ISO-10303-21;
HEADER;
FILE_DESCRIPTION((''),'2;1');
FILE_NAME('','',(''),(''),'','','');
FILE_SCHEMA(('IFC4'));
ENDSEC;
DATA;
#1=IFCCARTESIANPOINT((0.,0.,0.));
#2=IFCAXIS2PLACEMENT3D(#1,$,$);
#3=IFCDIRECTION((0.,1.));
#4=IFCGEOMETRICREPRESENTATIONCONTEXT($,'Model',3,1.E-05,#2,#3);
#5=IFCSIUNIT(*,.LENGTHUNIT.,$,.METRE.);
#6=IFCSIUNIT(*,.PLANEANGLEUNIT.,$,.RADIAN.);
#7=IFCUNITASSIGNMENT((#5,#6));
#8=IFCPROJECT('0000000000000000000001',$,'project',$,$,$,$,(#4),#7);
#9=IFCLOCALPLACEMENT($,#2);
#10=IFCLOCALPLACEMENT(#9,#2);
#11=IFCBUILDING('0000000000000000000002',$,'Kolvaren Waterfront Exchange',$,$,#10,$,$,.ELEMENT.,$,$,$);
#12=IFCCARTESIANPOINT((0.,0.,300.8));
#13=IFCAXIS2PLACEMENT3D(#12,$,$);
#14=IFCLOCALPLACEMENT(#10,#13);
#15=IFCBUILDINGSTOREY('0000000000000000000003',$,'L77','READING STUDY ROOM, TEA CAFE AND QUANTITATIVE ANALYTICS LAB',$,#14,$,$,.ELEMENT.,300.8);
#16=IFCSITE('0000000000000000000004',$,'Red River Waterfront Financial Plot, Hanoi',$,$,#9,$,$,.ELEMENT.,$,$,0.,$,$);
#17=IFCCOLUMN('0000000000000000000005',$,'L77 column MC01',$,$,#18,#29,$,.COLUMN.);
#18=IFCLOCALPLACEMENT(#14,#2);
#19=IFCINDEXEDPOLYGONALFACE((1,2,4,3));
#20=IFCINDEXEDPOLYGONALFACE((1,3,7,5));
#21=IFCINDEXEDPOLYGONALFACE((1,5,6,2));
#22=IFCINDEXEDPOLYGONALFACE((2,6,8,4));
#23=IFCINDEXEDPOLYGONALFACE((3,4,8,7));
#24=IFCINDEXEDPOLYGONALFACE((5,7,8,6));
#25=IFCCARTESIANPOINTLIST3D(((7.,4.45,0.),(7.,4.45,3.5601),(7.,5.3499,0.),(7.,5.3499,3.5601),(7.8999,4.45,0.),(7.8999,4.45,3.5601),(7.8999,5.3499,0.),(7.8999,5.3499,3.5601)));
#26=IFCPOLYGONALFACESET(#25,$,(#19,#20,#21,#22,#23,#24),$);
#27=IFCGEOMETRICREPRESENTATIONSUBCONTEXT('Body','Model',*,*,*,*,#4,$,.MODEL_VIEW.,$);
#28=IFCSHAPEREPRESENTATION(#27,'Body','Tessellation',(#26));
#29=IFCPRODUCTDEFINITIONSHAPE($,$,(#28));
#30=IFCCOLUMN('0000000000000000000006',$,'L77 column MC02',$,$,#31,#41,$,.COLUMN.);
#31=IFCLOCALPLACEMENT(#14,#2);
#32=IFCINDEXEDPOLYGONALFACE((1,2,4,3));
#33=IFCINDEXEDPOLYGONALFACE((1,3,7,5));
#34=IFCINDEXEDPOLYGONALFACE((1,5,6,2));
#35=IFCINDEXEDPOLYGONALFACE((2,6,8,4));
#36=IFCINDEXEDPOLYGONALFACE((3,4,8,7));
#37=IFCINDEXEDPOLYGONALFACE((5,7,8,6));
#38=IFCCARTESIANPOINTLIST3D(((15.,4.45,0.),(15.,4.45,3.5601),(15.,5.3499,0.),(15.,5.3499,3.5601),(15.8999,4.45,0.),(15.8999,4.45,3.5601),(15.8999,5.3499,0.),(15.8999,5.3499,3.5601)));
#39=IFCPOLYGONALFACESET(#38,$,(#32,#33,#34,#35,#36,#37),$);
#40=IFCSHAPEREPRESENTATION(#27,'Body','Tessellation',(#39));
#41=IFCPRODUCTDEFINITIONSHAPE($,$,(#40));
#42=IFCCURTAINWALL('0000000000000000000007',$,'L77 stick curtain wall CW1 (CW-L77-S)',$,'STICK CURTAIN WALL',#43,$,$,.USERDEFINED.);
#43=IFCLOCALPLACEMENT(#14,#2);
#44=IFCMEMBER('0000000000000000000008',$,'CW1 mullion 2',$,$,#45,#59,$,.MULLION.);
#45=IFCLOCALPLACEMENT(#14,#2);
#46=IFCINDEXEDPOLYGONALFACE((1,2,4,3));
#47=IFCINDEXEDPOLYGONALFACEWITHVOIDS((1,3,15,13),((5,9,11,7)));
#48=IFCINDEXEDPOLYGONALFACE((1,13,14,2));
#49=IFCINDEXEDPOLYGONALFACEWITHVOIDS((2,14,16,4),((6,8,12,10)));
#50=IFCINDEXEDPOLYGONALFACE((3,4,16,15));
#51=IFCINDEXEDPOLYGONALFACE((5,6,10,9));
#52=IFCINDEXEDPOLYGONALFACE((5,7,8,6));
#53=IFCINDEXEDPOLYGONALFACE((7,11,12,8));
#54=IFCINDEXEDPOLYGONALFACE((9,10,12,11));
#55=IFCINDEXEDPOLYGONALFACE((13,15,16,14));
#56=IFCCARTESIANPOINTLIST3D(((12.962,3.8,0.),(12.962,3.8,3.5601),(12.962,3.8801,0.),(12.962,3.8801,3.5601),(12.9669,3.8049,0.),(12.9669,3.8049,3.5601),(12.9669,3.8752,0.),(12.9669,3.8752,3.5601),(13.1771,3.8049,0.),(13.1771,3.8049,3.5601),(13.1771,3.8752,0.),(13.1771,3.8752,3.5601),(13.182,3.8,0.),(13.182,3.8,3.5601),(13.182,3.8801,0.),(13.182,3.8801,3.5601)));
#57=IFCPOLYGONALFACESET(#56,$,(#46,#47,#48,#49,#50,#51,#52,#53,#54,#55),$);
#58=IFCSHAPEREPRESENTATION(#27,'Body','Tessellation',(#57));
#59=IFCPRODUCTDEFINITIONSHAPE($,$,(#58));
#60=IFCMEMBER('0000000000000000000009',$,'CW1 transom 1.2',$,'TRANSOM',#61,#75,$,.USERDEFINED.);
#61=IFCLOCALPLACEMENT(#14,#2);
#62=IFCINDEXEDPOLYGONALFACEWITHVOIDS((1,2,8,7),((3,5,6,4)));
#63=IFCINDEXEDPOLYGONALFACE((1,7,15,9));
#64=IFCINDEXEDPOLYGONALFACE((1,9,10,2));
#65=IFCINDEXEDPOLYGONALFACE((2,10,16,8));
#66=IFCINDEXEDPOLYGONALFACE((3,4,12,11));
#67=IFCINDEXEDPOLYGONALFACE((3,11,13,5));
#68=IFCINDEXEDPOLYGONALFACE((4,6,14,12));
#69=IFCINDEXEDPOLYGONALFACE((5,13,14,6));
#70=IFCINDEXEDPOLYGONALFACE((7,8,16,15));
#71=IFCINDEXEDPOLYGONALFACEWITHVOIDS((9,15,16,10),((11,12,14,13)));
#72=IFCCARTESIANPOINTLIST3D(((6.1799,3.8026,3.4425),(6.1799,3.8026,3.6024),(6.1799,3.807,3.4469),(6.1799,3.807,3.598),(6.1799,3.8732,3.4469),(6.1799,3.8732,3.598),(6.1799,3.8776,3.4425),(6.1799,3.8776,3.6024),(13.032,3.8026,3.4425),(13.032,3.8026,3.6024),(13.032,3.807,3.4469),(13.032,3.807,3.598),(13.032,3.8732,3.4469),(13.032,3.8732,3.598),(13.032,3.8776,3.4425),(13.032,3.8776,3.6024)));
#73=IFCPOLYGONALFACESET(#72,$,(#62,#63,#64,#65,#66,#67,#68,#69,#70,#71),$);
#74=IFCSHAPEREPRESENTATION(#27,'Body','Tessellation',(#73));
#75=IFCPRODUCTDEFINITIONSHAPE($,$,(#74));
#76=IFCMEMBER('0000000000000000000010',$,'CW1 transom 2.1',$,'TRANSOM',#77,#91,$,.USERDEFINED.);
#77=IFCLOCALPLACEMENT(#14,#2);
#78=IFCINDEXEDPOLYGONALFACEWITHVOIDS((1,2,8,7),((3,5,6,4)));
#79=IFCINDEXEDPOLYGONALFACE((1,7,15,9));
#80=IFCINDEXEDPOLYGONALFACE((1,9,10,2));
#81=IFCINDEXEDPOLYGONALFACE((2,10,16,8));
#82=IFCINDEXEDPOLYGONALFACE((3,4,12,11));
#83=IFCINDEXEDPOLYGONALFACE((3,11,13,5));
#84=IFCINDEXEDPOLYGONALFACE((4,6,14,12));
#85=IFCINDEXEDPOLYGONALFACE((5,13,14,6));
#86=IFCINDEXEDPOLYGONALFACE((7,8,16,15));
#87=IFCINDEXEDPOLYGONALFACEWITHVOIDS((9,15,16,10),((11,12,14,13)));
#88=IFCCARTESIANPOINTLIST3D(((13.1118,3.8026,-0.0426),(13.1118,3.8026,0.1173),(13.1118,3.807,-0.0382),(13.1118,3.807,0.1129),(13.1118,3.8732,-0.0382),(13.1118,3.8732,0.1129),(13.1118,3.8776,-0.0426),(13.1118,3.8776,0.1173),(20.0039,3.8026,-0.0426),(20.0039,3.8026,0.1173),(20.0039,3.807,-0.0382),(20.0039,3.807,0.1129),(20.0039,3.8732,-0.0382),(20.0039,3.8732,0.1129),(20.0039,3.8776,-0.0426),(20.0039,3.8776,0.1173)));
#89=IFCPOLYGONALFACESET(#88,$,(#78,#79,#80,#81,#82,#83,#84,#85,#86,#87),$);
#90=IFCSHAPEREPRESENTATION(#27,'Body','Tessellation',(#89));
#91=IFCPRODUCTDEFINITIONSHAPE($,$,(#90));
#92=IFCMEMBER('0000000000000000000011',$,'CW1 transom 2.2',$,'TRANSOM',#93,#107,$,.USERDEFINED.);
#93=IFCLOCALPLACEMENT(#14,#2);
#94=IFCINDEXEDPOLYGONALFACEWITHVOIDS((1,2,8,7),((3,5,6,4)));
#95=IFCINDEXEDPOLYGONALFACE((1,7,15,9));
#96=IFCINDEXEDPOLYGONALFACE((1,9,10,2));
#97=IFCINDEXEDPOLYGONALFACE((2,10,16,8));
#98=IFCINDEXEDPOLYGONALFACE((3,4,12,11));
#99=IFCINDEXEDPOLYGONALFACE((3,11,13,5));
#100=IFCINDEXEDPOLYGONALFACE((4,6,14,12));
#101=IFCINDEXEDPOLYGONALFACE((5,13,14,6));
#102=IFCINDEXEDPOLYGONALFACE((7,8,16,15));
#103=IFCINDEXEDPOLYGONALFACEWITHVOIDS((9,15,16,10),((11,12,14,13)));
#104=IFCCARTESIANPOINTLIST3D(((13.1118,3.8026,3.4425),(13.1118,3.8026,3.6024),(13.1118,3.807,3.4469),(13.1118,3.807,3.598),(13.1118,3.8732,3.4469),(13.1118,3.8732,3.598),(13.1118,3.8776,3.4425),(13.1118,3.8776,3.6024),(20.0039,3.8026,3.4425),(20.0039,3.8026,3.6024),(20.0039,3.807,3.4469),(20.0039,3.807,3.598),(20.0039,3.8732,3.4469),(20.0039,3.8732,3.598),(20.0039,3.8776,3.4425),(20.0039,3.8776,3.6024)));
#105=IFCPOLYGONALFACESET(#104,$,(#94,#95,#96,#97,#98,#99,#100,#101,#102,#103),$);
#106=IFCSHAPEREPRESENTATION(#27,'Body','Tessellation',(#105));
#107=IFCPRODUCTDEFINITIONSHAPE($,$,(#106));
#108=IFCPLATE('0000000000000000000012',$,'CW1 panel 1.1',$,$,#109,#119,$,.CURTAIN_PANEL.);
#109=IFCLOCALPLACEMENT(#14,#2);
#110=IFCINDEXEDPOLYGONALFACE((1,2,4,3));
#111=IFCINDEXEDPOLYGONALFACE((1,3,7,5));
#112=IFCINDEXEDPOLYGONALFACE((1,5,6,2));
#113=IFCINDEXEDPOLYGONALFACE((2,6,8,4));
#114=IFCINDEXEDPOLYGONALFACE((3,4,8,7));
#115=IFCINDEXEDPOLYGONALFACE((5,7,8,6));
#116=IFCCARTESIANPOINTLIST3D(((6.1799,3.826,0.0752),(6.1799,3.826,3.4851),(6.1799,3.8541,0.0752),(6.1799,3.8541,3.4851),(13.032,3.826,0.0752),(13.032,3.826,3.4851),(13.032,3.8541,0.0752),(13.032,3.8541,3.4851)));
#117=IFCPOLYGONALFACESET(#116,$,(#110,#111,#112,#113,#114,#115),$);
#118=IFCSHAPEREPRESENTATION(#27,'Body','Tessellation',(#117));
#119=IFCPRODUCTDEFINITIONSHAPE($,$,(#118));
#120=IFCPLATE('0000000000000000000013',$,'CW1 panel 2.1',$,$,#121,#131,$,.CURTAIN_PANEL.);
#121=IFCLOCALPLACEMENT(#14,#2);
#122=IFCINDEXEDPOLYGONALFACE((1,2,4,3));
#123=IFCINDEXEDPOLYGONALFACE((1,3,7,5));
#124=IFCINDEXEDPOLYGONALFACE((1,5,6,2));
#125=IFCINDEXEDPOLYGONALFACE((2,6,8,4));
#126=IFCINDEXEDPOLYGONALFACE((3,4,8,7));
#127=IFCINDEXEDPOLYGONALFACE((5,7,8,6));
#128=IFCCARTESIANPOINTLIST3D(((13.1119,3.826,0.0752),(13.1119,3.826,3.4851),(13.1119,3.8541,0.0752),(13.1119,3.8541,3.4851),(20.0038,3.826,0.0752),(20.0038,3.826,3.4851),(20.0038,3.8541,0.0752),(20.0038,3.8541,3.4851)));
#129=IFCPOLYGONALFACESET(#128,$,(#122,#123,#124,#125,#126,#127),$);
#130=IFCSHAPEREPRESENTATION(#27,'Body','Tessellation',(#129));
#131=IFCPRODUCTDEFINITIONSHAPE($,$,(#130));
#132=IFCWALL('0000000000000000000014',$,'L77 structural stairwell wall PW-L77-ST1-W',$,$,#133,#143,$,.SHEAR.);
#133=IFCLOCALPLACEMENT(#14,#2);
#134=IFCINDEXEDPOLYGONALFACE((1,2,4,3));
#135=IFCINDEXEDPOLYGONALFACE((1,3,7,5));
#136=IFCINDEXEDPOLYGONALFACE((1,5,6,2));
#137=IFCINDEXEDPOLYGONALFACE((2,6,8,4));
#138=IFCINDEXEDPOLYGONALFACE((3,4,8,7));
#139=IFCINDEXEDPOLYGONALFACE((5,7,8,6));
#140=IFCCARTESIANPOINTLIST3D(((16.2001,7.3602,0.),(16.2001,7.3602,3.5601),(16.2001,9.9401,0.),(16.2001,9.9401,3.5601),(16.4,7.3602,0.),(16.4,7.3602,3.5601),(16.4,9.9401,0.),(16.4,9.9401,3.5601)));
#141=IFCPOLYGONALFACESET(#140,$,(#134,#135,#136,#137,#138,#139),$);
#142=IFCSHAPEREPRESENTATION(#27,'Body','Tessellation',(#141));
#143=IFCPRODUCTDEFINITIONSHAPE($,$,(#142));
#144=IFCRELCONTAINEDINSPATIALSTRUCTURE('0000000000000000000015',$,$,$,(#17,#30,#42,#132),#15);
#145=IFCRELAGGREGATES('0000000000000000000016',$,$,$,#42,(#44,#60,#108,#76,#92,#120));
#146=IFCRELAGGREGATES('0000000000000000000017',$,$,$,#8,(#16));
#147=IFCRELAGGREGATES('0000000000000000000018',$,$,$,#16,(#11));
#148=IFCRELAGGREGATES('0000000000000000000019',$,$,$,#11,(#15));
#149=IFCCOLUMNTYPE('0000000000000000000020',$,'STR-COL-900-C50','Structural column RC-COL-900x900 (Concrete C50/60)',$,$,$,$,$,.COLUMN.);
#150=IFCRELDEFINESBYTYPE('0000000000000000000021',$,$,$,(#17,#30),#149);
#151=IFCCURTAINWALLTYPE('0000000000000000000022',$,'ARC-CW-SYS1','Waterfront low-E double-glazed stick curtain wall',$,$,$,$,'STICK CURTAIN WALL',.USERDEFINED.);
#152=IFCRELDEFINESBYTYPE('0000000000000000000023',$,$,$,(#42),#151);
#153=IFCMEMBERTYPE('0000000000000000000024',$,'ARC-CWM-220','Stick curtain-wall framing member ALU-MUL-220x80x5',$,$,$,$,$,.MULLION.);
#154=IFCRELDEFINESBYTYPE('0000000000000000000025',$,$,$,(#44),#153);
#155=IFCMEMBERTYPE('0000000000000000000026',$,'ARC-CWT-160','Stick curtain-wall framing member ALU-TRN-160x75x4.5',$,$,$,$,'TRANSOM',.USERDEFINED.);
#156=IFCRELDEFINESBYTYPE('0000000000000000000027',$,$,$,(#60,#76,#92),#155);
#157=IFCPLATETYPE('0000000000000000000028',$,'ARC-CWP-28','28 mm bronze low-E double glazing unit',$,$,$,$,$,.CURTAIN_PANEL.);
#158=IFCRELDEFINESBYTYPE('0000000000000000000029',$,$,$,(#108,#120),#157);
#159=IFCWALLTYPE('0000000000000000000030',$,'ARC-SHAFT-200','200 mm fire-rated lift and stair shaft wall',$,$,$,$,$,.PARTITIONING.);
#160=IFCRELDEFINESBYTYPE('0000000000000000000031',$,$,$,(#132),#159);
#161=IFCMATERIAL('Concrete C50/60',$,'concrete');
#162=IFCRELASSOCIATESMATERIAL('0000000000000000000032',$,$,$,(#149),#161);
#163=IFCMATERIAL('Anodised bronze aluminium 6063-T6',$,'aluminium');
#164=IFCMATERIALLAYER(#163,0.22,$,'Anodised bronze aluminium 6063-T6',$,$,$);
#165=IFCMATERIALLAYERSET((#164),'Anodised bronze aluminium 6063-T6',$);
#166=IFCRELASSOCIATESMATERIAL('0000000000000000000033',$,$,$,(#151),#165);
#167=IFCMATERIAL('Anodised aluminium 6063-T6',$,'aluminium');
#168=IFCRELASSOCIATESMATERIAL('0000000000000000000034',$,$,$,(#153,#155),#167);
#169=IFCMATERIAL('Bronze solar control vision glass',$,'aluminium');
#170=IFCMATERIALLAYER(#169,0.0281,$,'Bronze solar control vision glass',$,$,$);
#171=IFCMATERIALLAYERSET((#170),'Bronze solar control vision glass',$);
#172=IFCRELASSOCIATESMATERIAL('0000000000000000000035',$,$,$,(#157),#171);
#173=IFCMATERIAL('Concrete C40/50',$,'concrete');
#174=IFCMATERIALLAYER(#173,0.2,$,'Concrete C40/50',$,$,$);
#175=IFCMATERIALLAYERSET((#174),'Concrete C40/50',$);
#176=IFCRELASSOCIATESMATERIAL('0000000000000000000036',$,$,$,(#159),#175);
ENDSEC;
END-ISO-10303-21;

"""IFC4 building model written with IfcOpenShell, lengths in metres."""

from ifc_helpers import new_model, si_unit, direction, frame, frame_2d, origin, origin_with_axes, origin_2d, place, context, subcontext, project, spatial, rectangle, hollow_rectangle, extrude, source, transform, mapped, material, layer, layer_set, material_profile, profile_set, type_object, element, aggregate, save


model = new_model("IFC4")

# Units and contexts
model_context = context("Model", 3, precision=1e-05, world=origin(), true_north=direction((0.0, 1.0)))
body_context = subcontext(model_context, "Body", "Model", "MODEL_VIEW")
ifc_project = project(units=[si_unit("LENGTHUNIT", "METRE"), si_unit("PLANEANGLEUNIT", "RADIAN")], contexts=[model_context])

# Site, building, storey
site_placement = place(None, origin())
site = spatial("IfcSite", under=ifc_project, at=site_placement, Name="Red River Waterfront Financial Plot, Hanoi", CompositionType="ELEMENT", RefElevation=0.0)
building_placement = place(site_placement, origin())
building = spatial("IfcBuilding", under=site, at=building_placement, Name="Kolvaren Waterfront Exchange", CompositionType="ELEMENT")
storey_placement = place(building_placement, frame((0.0, 0.0, 300.8)))
storey = spatial("IfcBuildingStorey", under=building, at=storey_placement, Name="L77", Description="READING STUDY ROOM, TEA CAFE AND QUANTITATIVE ANALYTICS LAB", CompositionType="ELEMENT", Elevation=300.8)

# Columns
ifc_material_1 = material(Name="Concrete C50/60", Category="concrete")
ifc_material_profile_1 = material_profile(ifc_material_1, rectangle(XDim=0.8999, YDim=0.8999, at=origin_2d()), Name="RC-COL-900x900")
ifc_profile_set_1 = profile_set([ifc_material_profile_1], Name="Concrete C50/60")
column_type = type_object("IfcColumnType", Name="STR-COL-900-C50", Description="Structural column RC-COL-900x900 (Concrete C50/60)", PredefinedType="COLUMN", material=ifc_profile_set_1)
for number, where, z_axis, x_axis, name in (
    (1, (7.45, 4.8999, 0.0), (0.0, 0.0, 1.0), (1.0, 0.0, 0.0), "L77 column MC01"),
    (2, (15.45, 4.8999, 0.0), (0.0, 0.0, 1.0), (1.0, 0.0, 0.0), "L77 column MC02"),
):
    element("IfcColumn", number, at=place(storey_placement, frame(where, z_axis=z_axis, x_axis=x_axis)), inside=storey, type_object=column_type, Name=name, PredefinedType="COLUMN", context=body_context, shape_type="SweptSolid", body=[
        extrude(rectangle(XDim=0.8999, YDim=0.8999, at=origin_2d()), origin(), (0.0, 0.0, 1.0), 3.5601),
    ])

# Curtain wall, members, plates
ifc_material_2 = material(Name="Anodised bronze aluminium 6063-T6", Category="aluminium")
ifc_layer_1 = layer(ifc_material_2, 0.22, Name="Anodised bronze aluminium 6063-T6")
ifc_layer_set_1 = layer_set([ifc_layer_1], Name="Anodised bronze aluminium 6063-T6")
curtain_wall_type = type_object("IfcCurtainWallType", Name="ARC-CW-SYS1", Description="Waterfront low-E double-glazed stick curtain wall", ElementType="STICK CURTAIN WALL", PredefinedType="USERDEFINED", material=ifc_layer_set_1)
curtain_wall_placement = place(storey_placement, origin())
curtain_wall = element("IfcCurtainWall", 3, at=curtain_wall_placement, inside=storey, type_object=curtain_wall_type, Name="L77 stick curtain wall CW1 (CW-L77-S)", ObjectType="STICK CURTAIN WALL", PredefinedType="USERDEFINED")
ifc_material_3 = material(Name="Anodised aluminium 6063-T6", Category="aluminium")
ifc_material_profile_2 = material_profile(ifc_material_3, hollow_rectangle(XDim=0.0801, YDim=0.22, WallThickness=0.0049, at=origin_2d()), Name="ALU-MUL-220x80x5")
ifc_profile_set_2 = profile_set([ifc_material_profile_2], Name="Anodised aluminium 6063-T6")
member_type_1 = type_object("IfcMemberType", Name="ARC-CWM-220", Description="Stick curtain-wall framing member ALU-MUL-220x80x5", PredefinedType="MULLION", material=ifc_profile_set_2)
shared_shape_1 = source(origin_with_axes(), body_context, "Body", "SweptSolid", [
    extrude(hollow_rectangle(XDim=0.0801, YDim=0.22, WallThickness=0.0049, at=origin_2d()), origin(), (0.0, 0.0, 1.0), 3.5601),
])
member_1_placement = place(storey_placement, frame((13.072, 3.8401, 0.0), z_axis=(0.0, 0.0, 1.0), x_axis=(0.0, 1.0, 0.0)))
member_1 = element("IfcMember", 4, at=member_1_placement, type_object=member_type_1, Name="CW1 mullion 2", PredefinedType="MULLION", context=body_context, shape_type="MappedRepresentation", body=[
    mapped(shared_shape_1, transform((0.0, 0.0, 0.0), x_axis=(1.0, 0.0, 0.0), y_axis=(0.0, 1.0, 0.0), z_axis=(0.0, 0.0, 1.0), scale=1.0)),
])
ifc_material_profile_3 = material_profile(ifc_material_3, hollow_rectangle(XDim=0.075, YDim=0.1599, WallThickness=0.0044, at=origin_2d()), Name="ALU-TRN-160x75x4.5")
ifc_profile_set_3 = profile_set([ifc_material_profile_3], Name="Anodised aluminium 6063-T6")
member_type_2 = type_object("IfcMemberType", Name="ARC-CWT-160", Description="Stick curtain-wall framing member ALU-TRN-160x75x4.5", ElementType="TRANSOM", PredefinedType="USERDEFINED", material=ifc_profile_set_3)
shared_shape_2 = source(origin_with_axes(), body_context, "Body", "SweptSolid", [
    extrude(hollow_rectangle(XDim=0.075, YDim=0.1599, WallThickness=0.0044, at=origin_2d()), origin(), (0.0, 0.0, 1.0), 6.8521),
])
member_2_placement = place(storey_placement, frame((6.1799, 3.8401, 3.5225), z_axis=(1.0, 0.0, 0.0), x_axis=(0.0, 1.0, 0.0)))
member_2 = element("IfcMember", 5, at=member_2_placement, type_object=member_type_2, Name="CW1 transom 1.2", ObjectType="TRANSOM", PredefinedType="USERDEFINED", context=body_context, shape_type="MappedRepresentation", body=[
    mapped(shared_shape_2, transform((0.0, 0.0, 0.0), x_axis=(1.0, 0.0, 0.0), y_axis=(0.0, 1.0, 0.0), z_axis=(0.0, 0.0, 1.0), scale=1.0)),
])
shared_shape_3 = source(origin_with_axes(), body_context, "Body", "SweptSolid", [
    extrude(hollow_rectangle(XDim=0.075, YDim=0.1599, WallThickness=0.0044, at=origin_2d()), origin(), (0.0, 0.0, 1.0), 6.8921),
])
member_3_placement = place(storey_placement, frame((13.1118, 3.8401, 0.0374), z_axis=(1.0, 0.0, 0.0), x_axis=(0.0, 1.0, 0.0)))
member_3 = element("IfcMember", 6, at=member_3_placement, type_object=member_type_2, Name="CW1 transom 2.1", ObjectType="TRANSOM", PredefinedType="USERDEFINED", context=body_context, shape_type="MappedRepresentation", body=[
    mapped(shared_shape_3, transform((0.0, 0.0, 0.0), x_axis=(1.0, 0.0, 0.0), y_axis=(0.0, 1.0, 0.0), z_axis=(0.0, 0.0, 1.0), scale=1.0)),
])
member_4_placement = place(storey_placement, frame((13.1118, 3.8401, 3.5225), z_axis=(1.0, 0.0, 0.0), x_axis=(0.0, 1.0, 0.0)))
member_4 = element("IfcMember", 7, at=member_4_placement, type_object=member_type_2, Name="CW1 transom 2.2", ObjectType="TRANSOM", PredefinedType="USERDEFINED", context=body_context, shape_type="MappedRepresentation", body=[
    mapped(shared_shape_3, transform((0.0, 0.0, 0.0), x_axis=(1.0, 0.0, 0.0), y_axis=(0.0, 1.0, 0.0), z_axis=(0.0, 0.0, 1.0), scale=1.0)),
])
ifc_material_4 = material(Name="Bronze solar control vision glass", Category="aluminium")
ifc_layer_2 = layer(ifc_material_4, 0.0281, Name="Bronze solar control vision glass")
ifc_layer_set_2 = layer_set([ifc_layer_2], Name="Bronze solar control vision glass")
plate_type = type_object("IfcPlateType", Name="ARC-CWP-28", Description="28 mm bronze low-E double glazing unit", PredefinedType="CURTAIN_PANEL", material=ifc_layer_set_2)
shared_shape_4 = source(origin_with_axes(), body_context, "Body", "SweptSolid", [
    extrude(rectangle(XDim=6.8521, YDim=0.0281, at=origin_2d()), origin(), (0.0, 0.0, 1.0), 3.4099),
])
plate_1_placement = place(storey_placement, frame((9.606, 3.8401, 0.0752), z_axis=(0.0, 0.0, 1.0), x_axis=(1.0, 0.0, 0.0)))
plate_1 = element("IfcPlate", 8, at=plate_1_placement, type_object=plate_type, Name="CW1 panel 1.1", PredefinedType="CURTAIN_PANEL", context=body_context, shape_type="MappedRepresentation", body=[
    mapped(shared_shape_4, transform((0.0, 0.0, 0.0), x_axis=(1.0, 0.0, 0.0), y_axis=(0.0, 1.0, 0.0), z_axis=(0.0, 0.0, 1.0), scale=1.0)),
])
shared_shape_5 = source(origin_with_axes(), body_context, "Body", "SweptSolid", [
    extrude(rectangle(XDim=6.8918, YDim=0.0281, at=origin_2d()), origin(), (0.0, 0.0, 1.0), 3.4099),
])
plate_2_placement = place(storey_placement, frame((16.5579, 3.8401, 0.0752), z_axis=(0.0, 0.0, 1.0), x_axis=(1.0, 0.0, 0.0)))
plate_2 = element("IfcPlate", 9, at=plate_2_placement, type_object=plate_type, Name="CW1 panel 2.1", PredefinedType="CURTAIN_PANEL", context=body_context, shape_type="MappedRepresentation", body=[
    mapped(shared_shape_5, transform((0.0, 0.0, 0.0), x_axis=(1.0, 0.0, 0.0), y_axis=(0.0, 1.0, 0.0), z_axis=(0.0, 0.0, 1.0), scale=1.0)),
])
aggregate(curtain_wall, [member_1, member_2, plate_1, member_3, member_4, plate_2])

# Wall
ifc_material_5 = material(Name="Concrete C40/50", Category="concrete")
ifc_layer_3 = layer(ifc_material_5, 0.2, Name="Concrete C40/50")
ifc_layer_set_3 = layer_set([ifc_layer_3], Name="Concrete C40/50")
wall_type_1 = type_object("IfcWallType", Name="ARC-SHAFT-200", Description="200 mm fire-rated lift and stair shaft wall", PredefinedType="PARTITIONING", material=ifc_layer_set_3)
wall_1_placement = place(storey_placement, frame((16.3, 7.3601, 0.0), z_axis=(0.0, 0.0, 1.0), x_axis=(0.0, 1.0, 0.0)))
element("IfcWall", 10, at=wall_1_placement, inside=storey, type_object=wall_type_1, Name="L77 structural stairwell wall PW-L77-ST1-W", PredefinedType="SHEAR", context=body_context, shape_type="SweptSolid", body=[
    extrude(rectangle(XDim=2.5798, YDim=0.2, at=frame_2d((1.29, 0.0))), origin(), (0.0, 0.0, 1.0), 3.5601),
])

save(model, "model.ifc")
